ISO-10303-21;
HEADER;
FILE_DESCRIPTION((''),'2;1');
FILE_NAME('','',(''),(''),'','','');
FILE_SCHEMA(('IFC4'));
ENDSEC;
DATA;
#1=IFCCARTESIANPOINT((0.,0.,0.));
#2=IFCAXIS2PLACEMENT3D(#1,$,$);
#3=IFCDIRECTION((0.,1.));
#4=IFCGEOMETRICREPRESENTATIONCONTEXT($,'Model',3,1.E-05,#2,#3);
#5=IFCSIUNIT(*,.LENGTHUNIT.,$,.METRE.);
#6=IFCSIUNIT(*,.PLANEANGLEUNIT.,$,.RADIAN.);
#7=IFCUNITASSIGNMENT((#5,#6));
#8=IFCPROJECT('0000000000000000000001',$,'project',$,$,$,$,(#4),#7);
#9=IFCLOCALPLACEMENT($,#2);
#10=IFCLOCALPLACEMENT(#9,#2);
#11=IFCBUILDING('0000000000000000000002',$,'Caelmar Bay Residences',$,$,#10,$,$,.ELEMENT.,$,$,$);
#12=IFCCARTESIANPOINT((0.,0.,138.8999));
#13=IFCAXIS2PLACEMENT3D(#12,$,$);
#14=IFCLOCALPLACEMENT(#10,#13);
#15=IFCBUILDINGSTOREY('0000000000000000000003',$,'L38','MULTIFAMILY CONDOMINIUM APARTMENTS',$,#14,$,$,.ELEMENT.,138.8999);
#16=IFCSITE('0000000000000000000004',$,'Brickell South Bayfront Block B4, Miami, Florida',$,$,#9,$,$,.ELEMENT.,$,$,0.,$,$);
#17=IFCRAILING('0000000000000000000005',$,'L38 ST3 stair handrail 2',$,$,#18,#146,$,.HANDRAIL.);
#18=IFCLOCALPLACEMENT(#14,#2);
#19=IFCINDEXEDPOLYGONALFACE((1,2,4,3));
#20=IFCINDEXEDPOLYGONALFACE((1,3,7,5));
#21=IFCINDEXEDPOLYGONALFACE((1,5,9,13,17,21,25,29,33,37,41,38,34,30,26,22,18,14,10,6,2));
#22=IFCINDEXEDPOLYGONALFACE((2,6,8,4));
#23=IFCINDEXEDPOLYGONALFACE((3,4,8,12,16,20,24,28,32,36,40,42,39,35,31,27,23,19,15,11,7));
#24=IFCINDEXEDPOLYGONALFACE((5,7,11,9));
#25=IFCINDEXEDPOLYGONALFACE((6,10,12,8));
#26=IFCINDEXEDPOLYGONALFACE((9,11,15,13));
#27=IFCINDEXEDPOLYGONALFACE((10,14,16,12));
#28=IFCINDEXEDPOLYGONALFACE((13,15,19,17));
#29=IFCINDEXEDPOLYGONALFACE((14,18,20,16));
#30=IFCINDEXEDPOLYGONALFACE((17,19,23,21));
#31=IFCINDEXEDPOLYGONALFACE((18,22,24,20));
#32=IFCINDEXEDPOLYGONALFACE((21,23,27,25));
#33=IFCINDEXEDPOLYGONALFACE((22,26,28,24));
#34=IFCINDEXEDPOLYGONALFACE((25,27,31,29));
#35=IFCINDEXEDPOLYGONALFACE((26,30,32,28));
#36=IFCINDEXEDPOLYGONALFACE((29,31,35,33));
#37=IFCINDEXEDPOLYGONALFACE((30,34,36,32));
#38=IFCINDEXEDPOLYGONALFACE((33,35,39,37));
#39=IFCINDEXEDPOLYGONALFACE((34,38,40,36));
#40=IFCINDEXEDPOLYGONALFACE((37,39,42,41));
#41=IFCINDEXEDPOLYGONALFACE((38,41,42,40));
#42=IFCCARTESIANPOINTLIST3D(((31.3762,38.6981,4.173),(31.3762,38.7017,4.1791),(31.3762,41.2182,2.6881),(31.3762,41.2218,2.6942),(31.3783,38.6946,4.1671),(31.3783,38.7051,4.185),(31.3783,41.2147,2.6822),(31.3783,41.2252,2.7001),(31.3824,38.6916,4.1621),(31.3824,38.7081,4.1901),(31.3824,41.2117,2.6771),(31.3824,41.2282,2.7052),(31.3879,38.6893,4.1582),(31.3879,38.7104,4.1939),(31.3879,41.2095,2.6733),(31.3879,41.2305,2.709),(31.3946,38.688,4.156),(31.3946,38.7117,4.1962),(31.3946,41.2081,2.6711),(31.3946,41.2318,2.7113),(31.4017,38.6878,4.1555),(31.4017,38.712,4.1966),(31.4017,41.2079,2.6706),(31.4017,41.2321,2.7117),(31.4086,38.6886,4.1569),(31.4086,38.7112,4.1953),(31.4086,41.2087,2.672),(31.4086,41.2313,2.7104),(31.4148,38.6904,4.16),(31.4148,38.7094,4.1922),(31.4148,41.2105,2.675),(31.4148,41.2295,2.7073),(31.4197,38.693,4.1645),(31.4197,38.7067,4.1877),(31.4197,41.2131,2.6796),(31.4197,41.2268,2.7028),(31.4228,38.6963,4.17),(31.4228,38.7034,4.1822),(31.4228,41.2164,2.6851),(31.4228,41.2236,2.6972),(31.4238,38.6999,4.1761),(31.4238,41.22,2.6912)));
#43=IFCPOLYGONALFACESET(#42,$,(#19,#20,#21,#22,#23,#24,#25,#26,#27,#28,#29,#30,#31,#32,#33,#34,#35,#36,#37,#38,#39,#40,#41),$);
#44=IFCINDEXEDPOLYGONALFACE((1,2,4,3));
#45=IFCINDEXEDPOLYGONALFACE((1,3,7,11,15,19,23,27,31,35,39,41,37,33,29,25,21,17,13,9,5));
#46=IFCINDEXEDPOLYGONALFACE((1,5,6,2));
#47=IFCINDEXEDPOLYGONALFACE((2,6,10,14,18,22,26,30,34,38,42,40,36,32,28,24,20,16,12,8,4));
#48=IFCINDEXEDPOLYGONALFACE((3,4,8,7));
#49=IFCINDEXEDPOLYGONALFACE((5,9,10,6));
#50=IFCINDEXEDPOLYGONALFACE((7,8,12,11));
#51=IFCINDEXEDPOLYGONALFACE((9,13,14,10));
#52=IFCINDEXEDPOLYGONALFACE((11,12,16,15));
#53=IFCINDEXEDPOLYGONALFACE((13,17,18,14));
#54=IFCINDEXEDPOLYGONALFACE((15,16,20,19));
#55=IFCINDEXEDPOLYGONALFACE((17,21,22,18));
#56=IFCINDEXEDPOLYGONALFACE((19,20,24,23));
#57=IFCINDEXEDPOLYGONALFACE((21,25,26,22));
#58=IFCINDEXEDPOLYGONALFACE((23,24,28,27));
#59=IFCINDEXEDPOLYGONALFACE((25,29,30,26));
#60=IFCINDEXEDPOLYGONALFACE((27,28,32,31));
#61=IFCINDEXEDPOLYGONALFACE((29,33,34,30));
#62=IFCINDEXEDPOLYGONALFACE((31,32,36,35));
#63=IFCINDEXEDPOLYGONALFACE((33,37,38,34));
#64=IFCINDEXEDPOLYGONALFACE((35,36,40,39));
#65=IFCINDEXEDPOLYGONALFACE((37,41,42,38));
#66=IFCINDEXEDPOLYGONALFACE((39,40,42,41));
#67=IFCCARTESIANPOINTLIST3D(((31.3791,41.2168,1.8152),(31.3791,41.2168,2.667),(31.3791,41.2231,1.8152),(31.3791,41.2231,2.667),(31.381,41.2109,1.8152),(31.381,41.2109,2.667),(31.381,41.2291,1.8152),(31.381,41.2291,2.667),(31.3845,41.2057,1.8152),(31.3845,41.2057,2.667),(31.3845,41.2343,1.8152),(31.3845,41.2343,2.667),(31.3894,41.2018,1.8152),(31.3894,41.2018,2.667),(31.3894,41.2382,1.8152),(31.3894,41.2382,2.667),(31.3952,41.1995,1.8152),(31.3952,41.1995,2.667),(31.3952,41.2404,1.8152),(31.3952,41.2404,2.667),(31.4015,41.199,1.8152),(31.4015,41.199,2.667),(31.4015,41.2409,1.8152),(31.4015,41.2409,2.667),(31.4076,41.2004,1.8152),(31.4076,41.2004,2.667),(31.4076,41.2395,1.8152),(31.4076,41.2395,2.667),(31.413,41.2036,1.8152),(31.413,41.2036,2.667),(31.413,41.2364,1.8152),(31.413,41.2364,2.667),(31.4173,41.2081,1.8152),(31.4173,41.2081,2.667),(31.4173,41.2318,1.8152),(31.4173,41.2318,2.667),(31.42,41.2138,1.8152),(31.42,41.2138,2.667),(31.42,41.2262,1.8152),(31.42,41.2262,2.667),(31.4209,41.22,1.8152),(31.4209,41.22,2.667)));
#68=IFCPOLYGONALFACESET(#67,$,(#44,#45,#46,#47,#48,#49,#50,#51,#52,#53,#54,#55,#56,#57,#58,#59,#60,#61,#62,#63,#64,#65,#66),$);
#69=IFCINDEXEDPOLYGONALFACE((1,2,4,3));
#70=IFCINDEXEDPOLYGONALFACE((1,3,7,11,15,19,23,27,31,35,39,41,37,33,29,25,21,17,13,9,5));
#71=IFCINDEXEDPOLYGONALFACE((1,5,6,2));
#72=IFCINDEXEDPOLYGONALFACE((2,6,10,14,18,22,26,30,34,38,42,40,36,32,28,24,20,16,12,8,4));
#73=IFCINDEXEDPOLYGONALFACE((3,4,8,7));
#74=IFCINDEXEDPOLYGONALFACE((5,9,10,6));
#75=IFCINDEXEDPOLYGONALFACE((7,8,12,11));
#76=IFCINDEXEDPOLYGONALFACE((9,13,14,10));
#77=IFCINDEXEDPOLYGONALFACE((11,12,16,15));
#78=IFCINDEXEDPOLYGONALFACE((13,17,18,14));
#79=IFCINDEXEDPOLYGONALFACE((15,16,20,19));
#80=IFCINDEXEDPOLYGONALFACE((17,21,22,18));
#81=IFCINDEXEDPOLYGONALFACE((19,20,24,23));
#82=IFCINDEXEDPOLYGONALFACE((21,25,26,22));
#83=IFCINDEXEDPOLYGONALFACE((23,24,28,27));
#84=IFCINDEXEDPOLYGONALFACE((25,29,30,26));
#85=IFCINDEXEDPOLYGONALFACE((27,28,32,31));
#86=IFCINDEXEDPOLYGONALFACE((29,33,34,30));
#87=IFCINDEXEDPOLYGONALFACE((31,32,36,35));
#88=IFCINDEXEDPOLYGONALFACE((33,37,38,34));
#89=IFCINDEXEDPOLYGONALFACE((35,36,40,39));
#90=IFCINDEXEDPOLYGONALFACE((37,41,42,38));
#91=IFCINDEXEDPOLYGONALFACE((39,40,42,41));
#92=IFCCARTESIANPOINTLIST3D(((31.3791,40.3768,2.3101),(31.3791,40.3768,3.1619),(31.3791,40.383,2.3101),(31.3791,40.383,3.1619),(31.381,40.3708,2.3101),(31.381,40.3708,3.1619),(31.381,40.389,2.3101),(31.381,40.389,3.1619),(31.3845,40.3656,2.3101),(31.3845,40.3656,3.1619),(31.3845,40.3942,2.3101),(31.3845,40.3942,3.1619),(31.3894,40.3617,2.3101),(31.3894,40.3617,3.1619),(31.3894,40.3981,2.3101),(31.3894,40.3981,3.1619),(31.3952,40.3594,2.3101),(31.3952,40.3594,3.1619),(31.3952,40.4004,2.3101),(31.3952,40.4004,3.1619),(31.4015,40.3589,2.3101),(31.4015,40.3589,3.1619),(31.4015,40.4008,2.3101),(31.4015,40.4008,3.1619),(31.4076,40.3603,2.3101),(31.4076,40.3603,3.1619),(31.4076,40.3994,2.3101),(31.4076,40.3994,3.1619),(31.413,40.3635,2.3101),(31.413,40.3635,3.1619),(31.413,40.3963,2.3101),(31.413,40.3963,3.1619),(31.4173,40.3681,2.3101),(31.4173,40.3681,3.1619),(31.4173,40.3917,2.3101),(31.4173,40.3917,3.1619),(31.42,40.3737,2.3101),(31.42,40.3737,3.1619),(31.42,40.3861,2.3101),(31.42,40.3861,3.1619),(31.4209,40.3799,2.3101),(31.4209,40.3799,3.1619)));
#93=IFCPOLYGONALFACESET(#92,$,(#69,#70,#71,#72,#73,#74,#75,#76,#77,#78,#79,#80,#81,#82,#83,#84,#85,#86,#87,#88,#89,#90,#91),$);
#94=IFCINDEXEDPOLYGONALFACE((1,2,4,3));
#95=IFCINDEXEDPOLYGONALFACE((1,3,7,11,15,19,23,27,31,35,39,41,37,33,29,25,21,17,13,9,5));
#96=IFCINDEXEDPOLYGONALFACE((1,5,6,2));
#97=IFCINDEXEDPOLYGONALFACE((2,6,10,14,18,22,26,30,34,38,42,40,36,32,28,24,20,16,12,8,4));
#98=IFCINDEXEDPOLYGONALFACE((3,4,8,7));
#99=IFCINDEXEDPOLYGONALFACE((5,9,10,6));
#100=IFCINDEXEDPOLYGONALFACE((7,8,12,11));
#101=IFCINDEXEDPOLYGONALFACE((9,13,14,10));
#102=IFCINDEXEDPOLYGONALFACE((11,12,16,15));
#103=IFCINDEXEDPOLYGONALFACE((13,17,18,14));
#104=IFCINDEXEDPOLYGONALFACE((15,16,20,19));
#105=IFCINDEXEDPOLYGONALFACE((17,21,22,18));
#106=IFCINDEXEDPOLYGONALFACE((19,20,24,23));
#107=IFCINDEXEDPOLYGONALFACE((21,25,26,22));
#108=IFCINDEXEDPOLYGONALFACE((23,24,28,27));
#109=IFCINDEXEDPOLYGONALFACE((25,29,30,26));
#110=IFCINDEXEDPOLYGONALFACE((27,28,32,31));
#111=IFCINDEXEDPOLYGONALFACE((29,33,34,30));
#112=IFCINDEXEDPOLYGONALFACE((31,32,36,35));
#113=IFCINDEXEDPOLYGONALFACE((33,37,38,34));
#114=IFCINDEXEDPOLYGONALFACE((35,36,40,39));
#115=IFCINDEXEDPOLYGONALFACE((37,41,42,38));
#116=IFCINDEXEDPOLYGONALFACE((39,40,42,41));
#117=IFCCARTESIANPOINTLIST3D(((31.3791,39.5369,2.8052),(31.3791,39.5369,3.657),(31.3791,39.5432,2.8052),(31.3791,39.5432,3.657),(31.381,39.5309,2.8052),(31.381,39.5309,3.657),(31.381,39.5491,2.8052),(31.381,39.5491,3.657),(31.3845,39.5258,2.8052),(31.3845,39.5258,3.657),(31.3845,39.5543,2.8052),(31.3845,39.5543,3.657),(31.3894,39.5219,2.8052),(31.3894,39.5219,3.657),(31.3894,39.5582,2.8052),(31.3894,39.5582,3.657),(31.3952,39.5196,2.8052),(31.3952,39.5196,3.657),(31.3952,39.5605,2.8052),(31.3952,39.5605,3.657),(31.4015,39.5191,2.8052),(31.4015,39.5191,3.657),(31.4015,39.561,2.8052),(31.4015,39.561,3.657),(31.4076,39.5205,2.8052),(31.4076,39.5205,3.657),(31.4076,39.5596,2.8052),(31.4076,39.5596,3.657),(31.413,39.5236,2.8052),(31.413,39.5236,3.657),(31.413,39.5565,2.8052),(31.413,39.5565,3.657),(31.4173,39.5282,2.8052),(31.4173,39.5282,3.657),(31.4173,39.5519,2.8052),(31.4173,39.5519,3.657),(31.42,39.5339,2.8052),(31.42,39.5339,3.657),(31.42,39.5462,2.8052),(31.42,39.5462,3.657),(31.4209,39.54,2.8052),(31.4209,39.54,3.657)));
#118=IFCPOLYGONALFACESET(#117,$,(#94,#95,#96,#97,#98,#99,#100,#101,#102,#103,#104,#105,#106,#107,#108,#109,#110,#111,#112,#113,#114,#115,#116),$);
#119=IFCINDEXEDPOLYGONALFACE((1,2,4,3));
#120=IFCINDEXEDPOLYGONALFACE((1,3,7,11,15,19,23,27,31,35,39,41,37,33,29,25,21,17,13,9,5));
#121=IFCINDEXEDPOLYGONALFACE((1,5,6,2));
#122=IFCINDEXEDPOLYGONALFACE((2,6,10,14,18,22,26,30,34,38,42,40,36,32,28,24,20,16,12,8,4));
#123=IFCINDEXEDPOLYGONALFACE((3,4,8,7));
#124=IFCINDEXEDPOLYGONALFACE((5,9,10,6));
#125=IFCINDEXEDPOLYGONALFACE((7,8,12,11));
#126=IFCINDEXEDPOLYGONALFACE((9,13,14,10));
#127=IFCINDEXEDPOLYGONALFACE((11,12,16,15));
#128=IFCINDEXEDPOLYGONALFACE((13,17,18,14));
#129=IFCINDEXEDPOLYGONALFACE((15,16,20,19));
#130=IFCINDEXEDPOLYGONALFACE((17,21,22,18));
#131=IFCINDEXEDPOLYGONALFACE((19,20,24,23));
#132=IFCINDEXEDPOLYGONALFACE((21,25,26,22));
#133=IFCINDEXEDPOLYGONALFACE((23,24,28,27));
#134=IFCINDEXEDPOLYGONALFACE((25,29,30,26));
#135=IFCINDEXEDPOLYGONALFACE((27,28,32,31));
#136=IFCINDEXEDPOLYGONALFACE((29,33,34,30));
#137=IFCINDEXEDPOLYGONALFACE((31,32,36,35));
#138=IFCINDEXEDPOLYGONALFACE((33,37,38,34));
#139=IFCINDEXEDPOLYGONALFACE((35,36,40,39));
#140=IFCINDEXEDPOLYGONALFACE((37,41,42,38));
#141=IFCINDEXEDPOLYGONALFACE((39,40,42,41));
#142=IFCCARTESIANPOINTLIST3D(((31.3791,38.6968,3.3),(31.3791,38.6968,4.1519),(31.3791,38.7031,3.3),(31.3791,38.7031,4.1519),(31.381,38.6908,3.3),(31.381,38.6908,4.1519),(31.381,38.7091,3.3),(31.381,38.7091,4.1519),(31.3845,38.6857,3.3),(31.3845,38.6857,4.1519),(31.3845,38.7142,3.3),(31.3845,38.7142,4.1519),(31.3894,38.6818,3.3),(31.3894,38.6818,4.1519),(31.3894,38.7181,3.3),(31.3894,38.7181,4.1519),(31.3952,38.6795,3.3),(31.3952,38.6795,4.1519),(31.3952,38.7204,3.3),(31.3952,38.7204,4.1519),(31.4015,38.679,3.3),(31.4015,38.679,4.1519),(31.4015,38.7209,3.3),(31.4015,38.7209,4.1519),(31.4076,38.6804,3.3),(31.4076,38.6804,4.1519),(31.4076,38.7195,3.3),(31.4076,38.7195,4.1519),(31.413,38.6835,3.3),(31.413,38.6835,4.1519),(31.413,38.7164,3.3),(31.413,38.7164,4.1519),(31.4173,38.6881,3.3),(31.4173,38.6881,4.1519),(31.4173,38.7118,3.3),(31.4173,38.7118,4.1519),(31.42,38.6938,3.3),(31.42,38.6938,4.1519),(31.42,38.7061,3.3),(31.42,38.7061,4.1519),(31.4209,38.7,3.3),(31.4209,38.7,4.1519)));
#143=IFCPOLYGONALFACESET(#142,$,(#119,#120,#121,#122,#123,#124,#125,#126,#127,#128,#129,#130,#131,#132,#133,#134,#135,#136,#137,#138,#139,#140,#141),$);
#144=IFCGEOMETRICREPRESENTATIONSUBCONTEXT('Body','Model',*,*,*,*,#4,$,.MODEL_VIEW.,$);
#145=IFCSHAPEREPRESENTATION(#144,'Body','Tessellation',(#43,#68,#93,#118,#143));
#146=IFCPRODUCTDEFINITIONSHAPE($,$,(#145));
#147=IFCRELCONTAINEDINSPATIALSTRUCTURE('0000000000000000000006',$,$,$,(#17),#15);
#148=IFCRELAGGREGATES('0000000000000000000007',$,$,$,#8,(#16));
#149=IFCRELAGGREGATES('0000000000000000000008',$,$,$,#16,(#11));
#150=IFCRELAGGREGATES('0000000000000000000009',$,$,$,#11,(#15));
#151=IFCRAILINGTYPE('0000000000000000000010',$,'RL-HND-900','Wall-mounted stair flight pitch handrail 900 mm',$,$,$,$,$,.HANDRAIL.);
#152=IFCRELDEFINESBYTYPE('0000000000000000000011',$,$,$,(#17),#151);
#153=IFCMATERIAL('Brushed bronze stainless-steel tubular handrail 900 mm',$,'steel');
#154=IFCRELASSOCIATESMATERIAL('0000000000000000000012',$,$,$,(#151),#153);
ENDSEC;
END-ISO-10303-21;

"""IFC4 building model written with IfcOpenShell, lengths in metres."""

from ifc_helpers import new_model, si_unit, direction, frame, origin, origin_2d, place, context, subcontext, project, spatial, circle, extrude, material, type_object, element, save


model = new_model("IFC4")

# Units and contexts
model_context = context("Model", 3, precision=1e-05, world=origin(), true_north=direction((0.0, 1.0)))
body_context = subcontext(model_context, "Body", "Model", "MODEL_VIEW")
ifc_project = project(units=[si_unit("LENGTHUNIT", "METRE"), si_unit("PLANEANGLEUNIT", "RADIAN")], contexts=[model_context])

# Site, building, storey
site_placement = place(None, origin())
site = spatial("IfcSite", under=ifc_project, at=site_placement, Name="Brickell South Bayfront Block B4, Miami, Florida", CompositionType="ELEMENT", RefElevation=0.0)
building_placement = place(site_placement, origin())
building = spatial("IfcBuilding", under=site, at=building_placement, Name="Caelmar Bay Residences", CompositionType="ELEMENT")
storey_placement = place(building_placement, frame((0.0, 0.0, 138.8999)))
storey = spatial("IfcBuildingStorey", under=building, at=storey_placement, Name="L38", Description="MULTIFAMILY CONDOMINIUM APARTMENTS", CompositionType="ELEMENT", Elevation=138.8999)

# Railing
ifc_material_1 = material(Name="Brushed bronze stainless-steel tubular handrail 900 mm", Category="steel")
railing_type_1 = type_object("IfcRailingType", Name="RL-HND-900", Description="Wall-mounted stair flight pitch handrail 900 mm", PredefinedType="HANDRAIL", material=ifc_material_1)
railing_1_placement = place(storey_placement, frame((31.3999, 41.22, 1.8152)))
element("IfcRailing", 1, at=railing_1_placement, inside=storey, type_object=railing_type_1, Name="L38 ST3 stair handrail 2", PredefinedType="HANDRAIL", context=body_context, shape_type="SweptSolid", body=[
    extrude(circle(Radius=0.0239, at=origin_2d()), frame((0.0, 0.0, 0.876), z_axis=(0.0, -0.861561, 0.507655), x_axis=(1.0, 0.0, 0.0)), (0.0, 0.0, 1.0), 2.925),
    extrude(circle(Radius=0.021, at=origin_2d()), origin(), (0.0, 0.0, 1.0), 0.8518),
    extrude(circle(Radius=0.021, at=origin_2d()), frame((0.0, -0.8401, 0.4949)), (0.0, 0.0, 1.0), 0.8518),
    extrude(circle(Radius=0.021, at=origin_2d()), frame((0.0, -1.6799, 0.99)), (0.0, 0.0, 1.0), 0.8518),
    extrude(circle(Radius=0.021, at=origin_2d()), frame((0.0, -2.52, 1.4849)), (0.0, 0.0, 1.0), 0.8518),
])

save(model, "model.ifc")
